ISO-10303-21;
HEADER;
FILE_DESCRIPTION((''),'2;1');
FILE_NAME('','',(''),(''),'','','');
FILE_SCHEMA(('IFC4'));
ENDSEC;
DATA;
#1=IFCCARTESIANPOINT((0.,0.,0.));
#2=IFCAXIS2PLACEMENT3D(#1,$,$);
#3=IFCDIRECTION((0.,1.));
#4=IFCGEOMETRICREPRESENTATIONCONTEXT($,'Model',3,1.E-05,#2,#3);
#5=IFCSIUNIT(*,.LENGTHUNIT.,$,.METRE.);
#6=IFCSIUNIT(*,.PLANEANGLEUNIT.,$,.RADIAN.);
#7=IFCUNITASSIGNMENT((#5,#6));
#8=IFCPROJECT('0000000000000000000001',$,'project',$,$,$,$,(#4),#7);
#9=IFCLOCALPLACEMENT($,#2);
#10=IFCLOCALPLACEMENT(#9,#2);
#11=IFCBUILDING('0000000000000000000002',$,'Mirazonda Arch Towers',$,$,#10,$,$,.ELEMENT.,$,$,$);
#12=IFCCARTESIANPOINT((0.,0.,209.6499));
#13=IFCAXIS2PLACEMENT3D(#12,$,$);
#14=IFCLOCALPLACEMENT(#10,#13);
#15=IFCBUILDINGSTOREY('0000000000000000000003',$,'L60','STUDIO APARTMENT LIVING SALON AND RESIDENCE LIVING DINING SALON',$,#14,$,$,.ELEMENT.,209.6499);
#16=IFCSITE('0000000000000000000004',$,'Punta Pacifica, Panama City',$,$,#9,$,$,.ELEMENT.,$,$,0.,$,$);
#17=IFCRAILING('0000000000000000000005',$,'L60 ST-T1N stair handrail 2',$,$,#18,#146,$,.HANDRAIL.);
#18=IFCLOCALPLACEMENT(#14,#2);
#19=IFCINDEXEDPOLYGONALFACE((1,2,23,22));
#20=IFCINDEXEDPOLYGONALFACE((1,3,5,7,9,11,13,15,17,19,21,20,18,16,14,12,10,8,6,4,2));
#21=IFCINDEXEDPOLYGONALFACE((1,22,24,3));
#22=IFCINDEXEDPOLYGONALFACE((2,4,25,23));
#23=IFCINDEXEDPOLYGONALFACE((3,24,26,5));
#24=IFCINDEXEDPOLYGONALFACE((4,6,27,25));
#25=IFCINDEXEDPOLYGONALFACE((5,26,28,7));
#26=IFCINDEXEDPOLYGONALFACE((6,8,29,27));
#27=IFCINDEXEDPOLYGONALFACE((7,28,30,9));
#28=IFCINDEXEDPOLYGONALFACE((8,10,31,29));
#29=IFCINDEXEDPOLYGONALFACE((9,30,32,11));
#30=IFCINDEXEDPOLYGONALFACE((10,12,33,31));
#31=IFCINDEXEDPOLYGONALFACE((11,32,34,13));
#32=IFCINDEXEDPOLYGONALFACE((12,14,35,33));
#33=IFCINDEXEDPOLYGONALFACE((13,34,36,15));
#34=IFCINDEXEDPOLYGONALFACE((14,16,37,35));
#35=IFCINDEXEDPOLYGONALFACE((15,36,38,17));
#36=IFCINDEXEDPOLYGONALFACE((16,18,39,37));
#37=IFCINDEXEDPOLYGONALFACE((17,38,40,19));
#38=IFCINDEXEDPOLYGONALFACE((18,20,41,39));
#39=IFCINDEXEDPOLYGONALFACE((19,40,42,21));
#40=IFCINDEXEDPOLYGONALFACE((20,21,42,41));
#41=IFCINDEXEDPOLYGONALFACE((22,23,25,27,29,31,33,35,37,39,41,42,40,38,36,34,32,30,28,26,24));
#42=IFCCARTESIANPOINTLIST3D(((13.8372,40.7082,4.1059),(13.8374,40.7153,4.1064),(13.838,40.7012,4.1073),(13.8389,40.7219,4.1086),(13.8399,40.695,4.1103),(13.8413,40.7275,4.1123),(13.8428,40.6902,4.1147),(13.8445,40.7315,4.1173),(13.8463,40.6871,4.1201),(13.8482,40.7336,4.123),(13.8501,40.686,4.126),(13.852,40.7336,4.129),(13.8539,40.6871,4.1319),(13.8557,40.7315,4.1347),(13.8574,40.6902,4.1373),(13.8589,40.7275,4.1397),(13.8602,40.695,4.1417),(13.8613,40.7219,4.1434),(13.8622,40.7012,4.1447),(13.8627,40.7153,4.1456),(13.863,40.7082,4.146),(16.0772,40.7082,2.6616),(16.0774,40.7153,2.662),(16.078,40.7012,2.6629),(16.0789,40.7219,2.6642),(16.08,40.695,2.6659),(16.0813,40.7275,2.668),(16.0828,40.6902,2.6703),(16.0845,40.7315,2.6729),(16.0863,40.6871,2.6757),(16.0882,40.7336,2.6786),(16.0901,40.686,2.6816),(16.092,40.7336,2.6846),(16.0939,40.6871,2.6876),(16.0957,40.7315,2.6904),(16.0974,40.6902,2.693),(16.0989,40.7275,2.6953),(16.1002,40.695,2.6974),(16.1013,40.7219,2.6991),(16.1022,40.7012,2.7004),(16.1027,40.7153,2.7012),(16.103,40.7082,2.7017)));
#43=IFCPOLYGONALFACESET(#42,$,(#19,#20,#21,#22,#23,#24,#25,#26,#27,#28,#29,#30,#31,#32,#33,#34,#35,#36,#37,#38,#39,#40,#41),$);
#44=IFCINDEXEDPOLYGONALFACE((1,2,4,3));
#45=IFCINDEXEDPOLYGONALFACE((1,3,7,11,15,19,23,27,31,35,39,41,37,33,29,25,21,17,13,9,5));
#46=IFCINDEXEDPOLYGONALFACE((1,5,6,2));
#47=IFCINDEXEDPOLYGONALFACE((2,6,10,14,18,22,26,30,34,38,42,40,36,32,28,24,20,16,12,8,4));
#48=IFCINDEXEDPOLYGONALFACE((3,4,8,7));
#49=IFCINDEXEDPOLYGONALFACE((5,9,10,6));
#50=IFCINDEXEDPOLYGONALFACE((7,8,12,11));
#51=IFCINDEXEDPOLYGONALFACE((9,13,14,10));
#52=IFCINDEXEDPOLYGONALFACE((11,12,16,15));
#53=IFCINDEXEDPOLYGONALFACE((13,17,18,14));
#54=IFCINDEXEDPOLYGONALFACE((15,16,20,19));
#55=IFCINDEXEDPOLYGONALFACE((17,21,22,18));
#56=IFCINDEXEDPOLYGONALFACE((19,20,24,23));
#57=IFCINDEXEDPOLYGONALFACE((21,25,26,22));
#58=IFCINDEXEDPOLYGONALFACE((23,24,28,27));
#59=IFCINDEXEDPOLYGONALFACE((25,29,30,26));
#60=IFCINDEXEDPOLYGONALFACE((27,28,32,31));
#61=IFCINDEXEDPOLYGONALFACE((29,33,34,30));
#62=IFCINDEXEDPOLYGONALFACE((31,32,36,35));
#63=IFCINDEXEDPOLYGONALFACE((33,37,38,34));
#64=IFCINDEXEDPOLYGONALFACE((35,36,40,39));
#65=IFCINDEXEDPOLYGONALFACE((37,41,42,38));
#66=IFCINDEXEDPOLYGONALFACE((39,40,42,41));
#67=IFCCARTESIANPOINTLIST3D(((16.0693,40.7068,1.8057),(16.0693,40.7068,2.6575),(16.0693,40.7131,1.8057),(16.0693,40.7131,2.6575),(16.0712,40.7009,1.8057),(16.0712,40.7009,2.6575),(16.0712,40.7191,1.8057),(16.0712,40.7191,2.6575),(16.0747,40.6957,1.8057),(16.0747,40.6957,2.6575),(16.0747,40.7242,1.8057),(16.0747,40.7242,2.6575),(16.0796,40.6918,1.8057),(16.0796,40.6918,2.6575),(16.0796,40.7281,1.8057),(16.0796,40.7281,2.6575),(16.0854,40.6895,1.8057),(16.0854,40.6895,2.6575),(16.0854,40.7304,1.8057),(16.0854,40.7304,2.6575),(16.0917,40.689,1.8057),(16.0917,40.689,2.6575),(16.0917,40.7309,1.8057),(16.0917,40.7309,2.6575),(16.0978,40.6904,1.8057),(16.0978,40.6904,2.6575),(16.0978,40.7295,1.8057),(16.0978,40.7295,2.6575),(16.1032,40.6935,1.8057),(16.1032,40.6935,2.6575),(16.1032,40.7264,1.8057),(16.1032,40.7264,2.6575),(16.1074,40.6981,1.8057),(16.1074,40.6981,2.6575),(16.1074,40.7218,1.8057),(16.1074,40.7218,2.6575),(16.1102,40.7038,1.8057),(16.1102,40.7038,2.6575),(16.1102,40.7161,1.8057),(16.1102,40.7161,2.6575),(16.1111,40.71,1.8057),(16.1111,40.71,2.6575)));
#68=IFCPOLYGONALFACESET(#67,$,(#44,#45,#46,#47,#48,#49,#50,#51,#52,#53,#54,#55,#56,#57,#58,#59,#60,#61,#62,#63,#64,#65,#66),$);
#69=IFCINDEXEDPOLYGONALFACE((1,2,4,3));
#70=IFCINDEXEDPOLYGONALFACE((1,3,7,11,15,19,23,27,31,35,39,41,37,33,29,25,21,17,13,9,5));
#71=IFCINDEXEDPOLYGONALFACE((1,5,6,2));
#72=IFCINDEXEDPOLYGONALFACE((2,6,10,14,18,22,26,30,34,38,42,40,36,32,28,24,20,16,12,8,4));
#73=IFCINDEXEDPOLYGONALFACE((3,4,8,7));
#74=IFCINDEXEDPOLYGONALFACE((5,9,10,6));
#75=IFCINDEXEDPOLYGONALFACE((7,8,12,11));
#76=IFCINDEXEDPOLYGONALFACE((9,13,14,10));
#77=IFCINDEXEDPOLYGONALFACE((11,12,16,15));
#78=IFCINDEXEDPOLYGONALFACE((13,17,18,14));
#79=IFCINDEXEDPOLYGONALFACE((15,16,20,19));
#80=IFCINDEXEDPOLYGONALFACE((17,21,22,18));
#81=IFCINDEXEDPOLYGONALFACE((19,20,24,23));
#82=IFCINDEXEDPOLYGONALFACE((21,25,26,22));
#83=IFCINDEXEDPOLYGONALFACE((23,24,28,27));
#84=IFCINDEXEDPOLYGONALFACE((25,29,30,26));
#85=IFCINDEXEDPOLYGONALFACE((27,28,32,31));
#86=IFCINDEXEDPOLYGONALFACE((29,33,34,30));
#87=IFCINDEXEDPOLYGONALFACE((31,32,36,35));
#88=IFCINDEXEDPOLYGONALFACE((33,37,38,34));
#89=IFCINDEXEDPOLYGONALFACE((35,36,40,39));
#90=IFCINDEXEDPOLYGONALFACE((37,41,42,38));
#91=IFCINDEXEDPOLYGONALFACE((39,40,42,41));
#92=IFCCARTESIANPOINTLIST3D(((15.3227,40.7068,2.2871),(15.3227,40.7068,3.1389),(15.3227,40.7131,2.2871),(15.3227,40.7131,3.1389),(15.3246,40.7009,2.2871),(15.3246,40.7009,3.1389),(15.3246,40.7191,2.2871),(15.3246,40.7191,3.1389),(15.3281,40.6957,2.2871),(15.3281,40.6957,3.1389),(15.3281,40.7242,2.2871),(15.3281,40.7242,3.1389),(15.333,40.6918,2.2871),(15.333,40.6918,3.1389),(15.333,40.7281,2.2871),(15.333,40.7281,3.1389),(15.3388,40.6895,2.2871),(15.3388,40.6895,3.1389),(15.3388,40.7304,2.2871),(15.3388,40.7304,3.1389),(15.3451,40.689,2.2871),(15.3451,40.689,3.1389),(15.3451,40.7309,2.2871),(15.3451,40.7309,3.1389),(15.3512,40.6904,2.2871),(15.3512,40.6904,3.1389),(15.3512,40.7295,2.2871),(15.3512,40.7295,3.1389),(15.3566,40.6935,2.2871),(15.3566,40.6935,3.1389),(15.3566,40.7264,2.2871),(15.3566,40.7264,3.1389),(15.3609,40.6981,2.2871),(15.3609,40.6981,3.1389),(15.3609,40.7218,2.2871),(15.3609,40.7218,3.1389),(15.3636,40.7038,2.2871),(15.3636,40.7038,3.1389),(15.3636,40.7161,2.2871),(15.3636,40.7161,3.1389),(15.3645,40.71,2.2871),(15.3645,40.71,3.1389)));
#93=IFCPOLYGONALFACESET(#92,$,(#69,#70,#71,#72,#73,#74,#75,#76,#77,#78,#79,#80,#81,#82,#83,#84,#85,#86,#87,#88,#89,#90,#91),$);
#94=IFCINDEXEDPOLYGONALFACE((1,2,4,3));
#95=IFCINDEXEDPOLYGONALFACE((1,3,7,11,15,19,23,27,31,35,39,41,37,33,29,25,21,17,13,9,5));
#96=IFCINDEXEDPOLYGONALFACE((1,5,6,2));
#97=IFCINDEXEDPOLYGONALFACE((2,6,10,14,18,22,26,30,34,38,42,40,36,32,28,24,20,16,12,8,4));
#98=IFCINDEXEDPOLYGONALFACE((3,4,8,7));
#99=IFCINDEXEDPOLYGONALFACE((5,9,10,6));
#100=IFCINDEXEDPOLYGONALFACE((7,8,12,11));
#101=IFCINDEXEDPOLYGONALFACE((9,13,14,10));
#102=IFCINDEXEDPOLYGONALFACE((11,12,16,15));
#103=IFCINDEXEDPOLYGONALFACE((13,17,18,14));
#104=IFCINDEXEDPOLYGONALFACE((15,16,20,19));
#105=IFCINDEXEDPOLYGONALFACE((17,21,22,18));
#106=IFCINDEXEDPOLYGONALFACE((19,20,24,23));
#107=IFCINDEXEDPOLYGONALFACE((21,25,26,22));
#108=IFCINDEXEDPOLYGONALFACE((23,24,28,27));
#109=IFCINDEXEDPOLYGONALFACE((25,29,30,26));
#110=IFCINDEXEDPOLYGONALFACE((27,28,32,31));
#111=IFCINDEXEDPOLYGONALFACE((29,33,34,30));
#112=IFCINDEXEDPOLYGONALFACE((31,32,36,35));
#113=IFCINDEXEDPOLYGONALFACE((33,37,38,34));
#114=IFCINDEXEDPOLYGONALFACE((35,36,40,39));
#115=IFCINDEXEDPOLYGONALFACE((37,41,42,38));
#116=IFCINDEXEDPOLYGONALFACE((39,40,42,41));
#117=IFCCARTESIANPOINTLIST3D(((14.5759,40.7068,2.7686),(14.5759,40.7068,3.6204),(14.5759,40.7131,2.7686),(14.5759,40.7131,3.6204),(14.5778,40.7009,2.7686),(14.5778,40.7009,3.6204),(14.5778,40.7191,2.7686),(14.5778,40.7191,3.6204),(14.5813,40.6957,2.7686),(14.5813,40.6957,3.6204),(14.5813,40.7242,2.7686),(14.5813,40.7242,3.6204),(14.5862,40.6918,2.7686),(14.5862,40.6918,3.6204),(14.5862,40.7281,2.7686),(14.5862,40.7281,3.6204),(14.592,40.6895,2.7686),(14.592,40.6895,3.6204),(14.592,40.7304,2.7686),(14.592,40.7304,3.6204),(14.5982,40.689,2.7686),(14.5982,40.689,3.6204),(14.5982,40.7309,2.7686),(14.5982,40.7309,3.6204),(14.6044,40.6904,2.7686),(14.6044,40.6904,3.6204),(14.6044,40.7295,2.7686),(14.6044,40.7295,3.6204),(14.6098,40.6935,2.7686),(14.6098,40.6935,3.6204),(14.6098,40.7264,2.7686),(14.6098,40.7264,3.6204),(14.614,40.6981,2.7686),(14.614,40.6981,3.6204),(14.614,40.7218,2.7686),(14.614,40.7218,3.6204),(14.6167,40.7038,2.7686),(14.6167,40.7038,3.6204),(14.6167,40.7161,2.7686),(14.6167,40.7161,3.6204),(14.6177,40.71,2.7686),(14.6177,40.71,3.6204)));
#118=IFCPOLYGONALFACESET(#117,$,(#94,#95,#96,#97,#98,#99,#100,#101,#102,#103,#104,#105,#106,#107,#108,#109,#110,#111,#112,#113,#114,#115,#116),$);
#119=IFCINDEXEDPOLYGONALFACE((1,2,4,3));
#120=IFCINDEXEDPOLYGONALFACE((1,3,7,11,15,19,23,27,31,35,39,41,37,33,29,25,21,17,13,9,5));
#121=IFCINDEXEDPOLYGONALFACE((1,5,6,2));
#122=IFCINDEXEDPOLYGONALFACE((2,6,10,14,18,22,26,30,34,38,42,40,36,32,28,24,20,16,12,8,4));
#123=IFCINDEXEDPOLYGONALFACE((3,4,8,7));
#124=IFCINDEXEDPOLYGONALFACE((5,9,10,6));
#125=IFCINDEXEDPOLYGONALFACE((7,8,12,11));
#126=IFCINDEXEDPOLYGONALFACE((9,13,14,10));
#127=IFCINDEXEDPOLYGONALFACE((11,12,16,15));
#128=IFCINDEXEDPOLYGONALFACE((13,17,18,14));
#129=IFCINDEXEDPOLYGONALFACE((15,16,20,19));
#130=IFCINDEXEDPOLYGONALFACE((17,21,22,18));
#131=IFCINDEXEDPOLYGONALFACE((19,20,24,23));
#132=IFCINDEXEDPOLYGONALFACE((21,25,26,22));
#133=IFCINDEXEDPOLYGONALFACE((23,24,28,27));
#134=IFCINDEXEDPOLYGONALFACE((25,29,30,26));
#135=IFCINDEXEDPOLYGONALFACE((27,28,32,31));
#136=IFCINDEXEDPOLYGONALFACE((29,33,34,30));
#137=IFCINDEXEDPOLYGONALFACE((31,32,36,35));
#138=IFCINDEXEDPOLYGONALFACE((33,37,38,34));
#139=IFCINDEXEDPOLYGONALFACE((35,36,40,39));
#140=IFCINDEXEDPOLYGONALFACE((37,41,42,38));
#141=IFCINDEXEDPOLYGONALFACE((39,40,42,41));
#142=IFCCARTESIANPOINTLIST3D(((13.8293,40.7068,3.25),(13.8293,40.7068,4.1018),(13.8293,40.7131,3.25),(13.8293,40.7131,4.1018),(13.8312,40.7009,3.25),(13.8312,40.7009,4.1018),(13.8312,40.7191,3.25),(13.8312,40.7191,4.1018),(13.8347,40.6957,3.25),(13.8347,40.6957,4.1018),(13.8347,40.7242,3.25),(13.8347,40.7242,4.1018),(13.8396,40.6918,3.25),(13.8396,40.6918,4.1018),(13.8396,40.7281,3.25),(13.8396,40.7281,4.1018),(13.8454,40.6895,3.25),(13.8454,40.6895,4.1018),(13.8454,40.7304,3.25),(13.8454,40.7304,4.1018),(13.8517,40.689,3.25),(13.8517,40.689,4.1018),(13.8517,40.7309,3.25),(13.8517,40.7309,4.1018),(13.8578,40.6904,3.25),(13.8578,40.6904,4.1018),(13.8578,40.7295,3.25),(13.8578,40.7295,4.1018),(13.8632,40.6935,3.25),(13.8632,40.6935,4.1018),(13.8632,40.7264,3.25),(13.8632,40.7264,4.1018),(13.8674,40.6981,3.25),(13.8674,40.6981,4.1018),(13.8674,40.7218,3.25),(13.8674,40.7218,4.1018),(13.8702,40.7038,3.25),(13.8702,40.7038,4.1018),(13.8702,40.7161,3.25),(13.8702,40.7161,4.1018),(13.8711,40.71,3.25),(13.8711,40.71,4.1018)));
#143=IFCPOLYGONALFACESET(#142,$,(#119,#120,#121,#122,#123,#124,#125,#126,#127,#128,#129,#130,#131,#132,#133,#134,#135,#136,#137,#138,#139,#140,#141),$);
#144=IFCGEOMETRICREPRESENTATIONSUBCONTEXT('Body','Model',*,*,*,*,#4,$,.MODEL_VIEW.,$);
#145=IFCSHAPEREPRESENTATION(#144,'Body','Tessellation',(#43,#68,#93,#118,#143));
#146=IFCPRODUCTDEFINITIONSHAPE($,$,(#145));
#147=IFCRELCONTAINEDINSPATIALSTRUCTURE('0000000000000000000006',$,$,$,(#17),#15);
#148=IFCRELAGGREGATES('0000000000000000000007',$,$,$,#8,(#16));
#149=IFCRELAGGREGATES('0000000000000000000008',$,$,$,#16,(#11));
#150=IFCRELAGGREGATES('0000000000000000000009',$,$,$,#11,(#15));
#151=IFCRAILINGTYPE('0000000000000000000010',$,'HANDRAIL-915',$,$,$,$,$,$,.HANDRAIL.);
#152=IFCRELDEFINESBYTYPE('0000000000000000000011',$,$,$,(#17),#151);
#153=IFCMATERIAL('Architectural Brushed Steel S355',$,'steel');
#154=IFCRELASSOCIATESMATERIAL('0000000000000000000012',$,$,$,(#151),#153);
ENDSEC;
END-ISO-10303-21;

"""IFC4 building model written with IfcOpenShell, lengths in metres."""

from ifc_helpers import new_model, si_unit, direction, frame, origin, origin_2d, place, context, subcontext, project, spatial, circle, extrude, material, type_object, element, save


model = new_model("IFC4")

# Units and contexts
model_context = context("Model", 3, precision=1e-05, world=origin(), true_north=direction((0.0, 1.0)))
body_context = subcontext(model_context, "Body", "Model", "MODEL_VIEW")
ifc_project = project(units=[si_unit("LENGTHUNIT", "METRE"), si_unit("PLANEANGLEUNIT", "RADIAN")], contexts=[model_context])

# Site, building, storey
site_placement = place(None, origin())
site = spatial("IfcSite", under=ifc_project, at=site_placement, Name="Punta Pacifica, Panama City", CompositionType="ELEMENT", RefElevation=0.0)
building_placement = place(site_placement, origin())
building = spatial("IfcBuilding", under=site, at=building_placement, Name="Mirazonda Arch Towers", CompositionType="ELEMENT")
storey_placement = place(building_placement, frame((0.0, 0.0, 209.6499)))
storey = spatial("IfcBuildingStorey", under=building, at=storey_placement, Name="L60", Description="STUDIO APARTMENT LIVING SALON AND RESIDENCE LIVING DINING SALON", CompositionType="ELEMENT", Elevation=209.6499)

# Shared definitions
ifc_material_1 = material(Name="Architectural Brushed Steel S355", Category="steel")

# Railing
railing_type_1 = type_object("IfcRailingType", Name="HANDRAIL-915", PredefinedType="HANDRAIL", material=ifc_material_1)
railing_1_placement = place(storey_placement, frame((16.0901, 40.71, 1.8057)))
element("IfcRailing", 1, at=railing_1_placement, inside=storey, type_object=railing_type_1, Name="L60 ST-T1N stair handrail 2", PredefinedType="HANDRAIL", context=body_context, shape_type="SweptSolid", body=[
    extrude(circle(Radius=0.0239, at=origin_2d()), frame((0.0, 0.0, 0.876), z_axis=(-0.840437, 0.0, 0.54191), x_axis=(0.0, -1.0, 0.0)), (0.0, 0.0, 1.0), 2.6653),
    extrude(circle(Radius=0.021, at=origin_2d()), origin(), (0.0, 0.0, 1.0), 0.8518),
    extrude(circle(Radius=0.021, at=origin_2d()), frame((-0.7466, 0.0, 0.4814)), (0.0, 0.0, 1.0), 0.8518),
    extrude(circle(Radius=0.021, at=origin_2d()), frame((-1.4934, 0.0, 0.9629)), (0.0, 0.0, 1.0), 0.8518),
    extrude(circle(Radius=0.021, at=origin_2d()), frame((-2.24, 0.0, 1.4443)), (0.0, 0.0, 1.0), 0.8518),
])

save(model, "model.ifc")
